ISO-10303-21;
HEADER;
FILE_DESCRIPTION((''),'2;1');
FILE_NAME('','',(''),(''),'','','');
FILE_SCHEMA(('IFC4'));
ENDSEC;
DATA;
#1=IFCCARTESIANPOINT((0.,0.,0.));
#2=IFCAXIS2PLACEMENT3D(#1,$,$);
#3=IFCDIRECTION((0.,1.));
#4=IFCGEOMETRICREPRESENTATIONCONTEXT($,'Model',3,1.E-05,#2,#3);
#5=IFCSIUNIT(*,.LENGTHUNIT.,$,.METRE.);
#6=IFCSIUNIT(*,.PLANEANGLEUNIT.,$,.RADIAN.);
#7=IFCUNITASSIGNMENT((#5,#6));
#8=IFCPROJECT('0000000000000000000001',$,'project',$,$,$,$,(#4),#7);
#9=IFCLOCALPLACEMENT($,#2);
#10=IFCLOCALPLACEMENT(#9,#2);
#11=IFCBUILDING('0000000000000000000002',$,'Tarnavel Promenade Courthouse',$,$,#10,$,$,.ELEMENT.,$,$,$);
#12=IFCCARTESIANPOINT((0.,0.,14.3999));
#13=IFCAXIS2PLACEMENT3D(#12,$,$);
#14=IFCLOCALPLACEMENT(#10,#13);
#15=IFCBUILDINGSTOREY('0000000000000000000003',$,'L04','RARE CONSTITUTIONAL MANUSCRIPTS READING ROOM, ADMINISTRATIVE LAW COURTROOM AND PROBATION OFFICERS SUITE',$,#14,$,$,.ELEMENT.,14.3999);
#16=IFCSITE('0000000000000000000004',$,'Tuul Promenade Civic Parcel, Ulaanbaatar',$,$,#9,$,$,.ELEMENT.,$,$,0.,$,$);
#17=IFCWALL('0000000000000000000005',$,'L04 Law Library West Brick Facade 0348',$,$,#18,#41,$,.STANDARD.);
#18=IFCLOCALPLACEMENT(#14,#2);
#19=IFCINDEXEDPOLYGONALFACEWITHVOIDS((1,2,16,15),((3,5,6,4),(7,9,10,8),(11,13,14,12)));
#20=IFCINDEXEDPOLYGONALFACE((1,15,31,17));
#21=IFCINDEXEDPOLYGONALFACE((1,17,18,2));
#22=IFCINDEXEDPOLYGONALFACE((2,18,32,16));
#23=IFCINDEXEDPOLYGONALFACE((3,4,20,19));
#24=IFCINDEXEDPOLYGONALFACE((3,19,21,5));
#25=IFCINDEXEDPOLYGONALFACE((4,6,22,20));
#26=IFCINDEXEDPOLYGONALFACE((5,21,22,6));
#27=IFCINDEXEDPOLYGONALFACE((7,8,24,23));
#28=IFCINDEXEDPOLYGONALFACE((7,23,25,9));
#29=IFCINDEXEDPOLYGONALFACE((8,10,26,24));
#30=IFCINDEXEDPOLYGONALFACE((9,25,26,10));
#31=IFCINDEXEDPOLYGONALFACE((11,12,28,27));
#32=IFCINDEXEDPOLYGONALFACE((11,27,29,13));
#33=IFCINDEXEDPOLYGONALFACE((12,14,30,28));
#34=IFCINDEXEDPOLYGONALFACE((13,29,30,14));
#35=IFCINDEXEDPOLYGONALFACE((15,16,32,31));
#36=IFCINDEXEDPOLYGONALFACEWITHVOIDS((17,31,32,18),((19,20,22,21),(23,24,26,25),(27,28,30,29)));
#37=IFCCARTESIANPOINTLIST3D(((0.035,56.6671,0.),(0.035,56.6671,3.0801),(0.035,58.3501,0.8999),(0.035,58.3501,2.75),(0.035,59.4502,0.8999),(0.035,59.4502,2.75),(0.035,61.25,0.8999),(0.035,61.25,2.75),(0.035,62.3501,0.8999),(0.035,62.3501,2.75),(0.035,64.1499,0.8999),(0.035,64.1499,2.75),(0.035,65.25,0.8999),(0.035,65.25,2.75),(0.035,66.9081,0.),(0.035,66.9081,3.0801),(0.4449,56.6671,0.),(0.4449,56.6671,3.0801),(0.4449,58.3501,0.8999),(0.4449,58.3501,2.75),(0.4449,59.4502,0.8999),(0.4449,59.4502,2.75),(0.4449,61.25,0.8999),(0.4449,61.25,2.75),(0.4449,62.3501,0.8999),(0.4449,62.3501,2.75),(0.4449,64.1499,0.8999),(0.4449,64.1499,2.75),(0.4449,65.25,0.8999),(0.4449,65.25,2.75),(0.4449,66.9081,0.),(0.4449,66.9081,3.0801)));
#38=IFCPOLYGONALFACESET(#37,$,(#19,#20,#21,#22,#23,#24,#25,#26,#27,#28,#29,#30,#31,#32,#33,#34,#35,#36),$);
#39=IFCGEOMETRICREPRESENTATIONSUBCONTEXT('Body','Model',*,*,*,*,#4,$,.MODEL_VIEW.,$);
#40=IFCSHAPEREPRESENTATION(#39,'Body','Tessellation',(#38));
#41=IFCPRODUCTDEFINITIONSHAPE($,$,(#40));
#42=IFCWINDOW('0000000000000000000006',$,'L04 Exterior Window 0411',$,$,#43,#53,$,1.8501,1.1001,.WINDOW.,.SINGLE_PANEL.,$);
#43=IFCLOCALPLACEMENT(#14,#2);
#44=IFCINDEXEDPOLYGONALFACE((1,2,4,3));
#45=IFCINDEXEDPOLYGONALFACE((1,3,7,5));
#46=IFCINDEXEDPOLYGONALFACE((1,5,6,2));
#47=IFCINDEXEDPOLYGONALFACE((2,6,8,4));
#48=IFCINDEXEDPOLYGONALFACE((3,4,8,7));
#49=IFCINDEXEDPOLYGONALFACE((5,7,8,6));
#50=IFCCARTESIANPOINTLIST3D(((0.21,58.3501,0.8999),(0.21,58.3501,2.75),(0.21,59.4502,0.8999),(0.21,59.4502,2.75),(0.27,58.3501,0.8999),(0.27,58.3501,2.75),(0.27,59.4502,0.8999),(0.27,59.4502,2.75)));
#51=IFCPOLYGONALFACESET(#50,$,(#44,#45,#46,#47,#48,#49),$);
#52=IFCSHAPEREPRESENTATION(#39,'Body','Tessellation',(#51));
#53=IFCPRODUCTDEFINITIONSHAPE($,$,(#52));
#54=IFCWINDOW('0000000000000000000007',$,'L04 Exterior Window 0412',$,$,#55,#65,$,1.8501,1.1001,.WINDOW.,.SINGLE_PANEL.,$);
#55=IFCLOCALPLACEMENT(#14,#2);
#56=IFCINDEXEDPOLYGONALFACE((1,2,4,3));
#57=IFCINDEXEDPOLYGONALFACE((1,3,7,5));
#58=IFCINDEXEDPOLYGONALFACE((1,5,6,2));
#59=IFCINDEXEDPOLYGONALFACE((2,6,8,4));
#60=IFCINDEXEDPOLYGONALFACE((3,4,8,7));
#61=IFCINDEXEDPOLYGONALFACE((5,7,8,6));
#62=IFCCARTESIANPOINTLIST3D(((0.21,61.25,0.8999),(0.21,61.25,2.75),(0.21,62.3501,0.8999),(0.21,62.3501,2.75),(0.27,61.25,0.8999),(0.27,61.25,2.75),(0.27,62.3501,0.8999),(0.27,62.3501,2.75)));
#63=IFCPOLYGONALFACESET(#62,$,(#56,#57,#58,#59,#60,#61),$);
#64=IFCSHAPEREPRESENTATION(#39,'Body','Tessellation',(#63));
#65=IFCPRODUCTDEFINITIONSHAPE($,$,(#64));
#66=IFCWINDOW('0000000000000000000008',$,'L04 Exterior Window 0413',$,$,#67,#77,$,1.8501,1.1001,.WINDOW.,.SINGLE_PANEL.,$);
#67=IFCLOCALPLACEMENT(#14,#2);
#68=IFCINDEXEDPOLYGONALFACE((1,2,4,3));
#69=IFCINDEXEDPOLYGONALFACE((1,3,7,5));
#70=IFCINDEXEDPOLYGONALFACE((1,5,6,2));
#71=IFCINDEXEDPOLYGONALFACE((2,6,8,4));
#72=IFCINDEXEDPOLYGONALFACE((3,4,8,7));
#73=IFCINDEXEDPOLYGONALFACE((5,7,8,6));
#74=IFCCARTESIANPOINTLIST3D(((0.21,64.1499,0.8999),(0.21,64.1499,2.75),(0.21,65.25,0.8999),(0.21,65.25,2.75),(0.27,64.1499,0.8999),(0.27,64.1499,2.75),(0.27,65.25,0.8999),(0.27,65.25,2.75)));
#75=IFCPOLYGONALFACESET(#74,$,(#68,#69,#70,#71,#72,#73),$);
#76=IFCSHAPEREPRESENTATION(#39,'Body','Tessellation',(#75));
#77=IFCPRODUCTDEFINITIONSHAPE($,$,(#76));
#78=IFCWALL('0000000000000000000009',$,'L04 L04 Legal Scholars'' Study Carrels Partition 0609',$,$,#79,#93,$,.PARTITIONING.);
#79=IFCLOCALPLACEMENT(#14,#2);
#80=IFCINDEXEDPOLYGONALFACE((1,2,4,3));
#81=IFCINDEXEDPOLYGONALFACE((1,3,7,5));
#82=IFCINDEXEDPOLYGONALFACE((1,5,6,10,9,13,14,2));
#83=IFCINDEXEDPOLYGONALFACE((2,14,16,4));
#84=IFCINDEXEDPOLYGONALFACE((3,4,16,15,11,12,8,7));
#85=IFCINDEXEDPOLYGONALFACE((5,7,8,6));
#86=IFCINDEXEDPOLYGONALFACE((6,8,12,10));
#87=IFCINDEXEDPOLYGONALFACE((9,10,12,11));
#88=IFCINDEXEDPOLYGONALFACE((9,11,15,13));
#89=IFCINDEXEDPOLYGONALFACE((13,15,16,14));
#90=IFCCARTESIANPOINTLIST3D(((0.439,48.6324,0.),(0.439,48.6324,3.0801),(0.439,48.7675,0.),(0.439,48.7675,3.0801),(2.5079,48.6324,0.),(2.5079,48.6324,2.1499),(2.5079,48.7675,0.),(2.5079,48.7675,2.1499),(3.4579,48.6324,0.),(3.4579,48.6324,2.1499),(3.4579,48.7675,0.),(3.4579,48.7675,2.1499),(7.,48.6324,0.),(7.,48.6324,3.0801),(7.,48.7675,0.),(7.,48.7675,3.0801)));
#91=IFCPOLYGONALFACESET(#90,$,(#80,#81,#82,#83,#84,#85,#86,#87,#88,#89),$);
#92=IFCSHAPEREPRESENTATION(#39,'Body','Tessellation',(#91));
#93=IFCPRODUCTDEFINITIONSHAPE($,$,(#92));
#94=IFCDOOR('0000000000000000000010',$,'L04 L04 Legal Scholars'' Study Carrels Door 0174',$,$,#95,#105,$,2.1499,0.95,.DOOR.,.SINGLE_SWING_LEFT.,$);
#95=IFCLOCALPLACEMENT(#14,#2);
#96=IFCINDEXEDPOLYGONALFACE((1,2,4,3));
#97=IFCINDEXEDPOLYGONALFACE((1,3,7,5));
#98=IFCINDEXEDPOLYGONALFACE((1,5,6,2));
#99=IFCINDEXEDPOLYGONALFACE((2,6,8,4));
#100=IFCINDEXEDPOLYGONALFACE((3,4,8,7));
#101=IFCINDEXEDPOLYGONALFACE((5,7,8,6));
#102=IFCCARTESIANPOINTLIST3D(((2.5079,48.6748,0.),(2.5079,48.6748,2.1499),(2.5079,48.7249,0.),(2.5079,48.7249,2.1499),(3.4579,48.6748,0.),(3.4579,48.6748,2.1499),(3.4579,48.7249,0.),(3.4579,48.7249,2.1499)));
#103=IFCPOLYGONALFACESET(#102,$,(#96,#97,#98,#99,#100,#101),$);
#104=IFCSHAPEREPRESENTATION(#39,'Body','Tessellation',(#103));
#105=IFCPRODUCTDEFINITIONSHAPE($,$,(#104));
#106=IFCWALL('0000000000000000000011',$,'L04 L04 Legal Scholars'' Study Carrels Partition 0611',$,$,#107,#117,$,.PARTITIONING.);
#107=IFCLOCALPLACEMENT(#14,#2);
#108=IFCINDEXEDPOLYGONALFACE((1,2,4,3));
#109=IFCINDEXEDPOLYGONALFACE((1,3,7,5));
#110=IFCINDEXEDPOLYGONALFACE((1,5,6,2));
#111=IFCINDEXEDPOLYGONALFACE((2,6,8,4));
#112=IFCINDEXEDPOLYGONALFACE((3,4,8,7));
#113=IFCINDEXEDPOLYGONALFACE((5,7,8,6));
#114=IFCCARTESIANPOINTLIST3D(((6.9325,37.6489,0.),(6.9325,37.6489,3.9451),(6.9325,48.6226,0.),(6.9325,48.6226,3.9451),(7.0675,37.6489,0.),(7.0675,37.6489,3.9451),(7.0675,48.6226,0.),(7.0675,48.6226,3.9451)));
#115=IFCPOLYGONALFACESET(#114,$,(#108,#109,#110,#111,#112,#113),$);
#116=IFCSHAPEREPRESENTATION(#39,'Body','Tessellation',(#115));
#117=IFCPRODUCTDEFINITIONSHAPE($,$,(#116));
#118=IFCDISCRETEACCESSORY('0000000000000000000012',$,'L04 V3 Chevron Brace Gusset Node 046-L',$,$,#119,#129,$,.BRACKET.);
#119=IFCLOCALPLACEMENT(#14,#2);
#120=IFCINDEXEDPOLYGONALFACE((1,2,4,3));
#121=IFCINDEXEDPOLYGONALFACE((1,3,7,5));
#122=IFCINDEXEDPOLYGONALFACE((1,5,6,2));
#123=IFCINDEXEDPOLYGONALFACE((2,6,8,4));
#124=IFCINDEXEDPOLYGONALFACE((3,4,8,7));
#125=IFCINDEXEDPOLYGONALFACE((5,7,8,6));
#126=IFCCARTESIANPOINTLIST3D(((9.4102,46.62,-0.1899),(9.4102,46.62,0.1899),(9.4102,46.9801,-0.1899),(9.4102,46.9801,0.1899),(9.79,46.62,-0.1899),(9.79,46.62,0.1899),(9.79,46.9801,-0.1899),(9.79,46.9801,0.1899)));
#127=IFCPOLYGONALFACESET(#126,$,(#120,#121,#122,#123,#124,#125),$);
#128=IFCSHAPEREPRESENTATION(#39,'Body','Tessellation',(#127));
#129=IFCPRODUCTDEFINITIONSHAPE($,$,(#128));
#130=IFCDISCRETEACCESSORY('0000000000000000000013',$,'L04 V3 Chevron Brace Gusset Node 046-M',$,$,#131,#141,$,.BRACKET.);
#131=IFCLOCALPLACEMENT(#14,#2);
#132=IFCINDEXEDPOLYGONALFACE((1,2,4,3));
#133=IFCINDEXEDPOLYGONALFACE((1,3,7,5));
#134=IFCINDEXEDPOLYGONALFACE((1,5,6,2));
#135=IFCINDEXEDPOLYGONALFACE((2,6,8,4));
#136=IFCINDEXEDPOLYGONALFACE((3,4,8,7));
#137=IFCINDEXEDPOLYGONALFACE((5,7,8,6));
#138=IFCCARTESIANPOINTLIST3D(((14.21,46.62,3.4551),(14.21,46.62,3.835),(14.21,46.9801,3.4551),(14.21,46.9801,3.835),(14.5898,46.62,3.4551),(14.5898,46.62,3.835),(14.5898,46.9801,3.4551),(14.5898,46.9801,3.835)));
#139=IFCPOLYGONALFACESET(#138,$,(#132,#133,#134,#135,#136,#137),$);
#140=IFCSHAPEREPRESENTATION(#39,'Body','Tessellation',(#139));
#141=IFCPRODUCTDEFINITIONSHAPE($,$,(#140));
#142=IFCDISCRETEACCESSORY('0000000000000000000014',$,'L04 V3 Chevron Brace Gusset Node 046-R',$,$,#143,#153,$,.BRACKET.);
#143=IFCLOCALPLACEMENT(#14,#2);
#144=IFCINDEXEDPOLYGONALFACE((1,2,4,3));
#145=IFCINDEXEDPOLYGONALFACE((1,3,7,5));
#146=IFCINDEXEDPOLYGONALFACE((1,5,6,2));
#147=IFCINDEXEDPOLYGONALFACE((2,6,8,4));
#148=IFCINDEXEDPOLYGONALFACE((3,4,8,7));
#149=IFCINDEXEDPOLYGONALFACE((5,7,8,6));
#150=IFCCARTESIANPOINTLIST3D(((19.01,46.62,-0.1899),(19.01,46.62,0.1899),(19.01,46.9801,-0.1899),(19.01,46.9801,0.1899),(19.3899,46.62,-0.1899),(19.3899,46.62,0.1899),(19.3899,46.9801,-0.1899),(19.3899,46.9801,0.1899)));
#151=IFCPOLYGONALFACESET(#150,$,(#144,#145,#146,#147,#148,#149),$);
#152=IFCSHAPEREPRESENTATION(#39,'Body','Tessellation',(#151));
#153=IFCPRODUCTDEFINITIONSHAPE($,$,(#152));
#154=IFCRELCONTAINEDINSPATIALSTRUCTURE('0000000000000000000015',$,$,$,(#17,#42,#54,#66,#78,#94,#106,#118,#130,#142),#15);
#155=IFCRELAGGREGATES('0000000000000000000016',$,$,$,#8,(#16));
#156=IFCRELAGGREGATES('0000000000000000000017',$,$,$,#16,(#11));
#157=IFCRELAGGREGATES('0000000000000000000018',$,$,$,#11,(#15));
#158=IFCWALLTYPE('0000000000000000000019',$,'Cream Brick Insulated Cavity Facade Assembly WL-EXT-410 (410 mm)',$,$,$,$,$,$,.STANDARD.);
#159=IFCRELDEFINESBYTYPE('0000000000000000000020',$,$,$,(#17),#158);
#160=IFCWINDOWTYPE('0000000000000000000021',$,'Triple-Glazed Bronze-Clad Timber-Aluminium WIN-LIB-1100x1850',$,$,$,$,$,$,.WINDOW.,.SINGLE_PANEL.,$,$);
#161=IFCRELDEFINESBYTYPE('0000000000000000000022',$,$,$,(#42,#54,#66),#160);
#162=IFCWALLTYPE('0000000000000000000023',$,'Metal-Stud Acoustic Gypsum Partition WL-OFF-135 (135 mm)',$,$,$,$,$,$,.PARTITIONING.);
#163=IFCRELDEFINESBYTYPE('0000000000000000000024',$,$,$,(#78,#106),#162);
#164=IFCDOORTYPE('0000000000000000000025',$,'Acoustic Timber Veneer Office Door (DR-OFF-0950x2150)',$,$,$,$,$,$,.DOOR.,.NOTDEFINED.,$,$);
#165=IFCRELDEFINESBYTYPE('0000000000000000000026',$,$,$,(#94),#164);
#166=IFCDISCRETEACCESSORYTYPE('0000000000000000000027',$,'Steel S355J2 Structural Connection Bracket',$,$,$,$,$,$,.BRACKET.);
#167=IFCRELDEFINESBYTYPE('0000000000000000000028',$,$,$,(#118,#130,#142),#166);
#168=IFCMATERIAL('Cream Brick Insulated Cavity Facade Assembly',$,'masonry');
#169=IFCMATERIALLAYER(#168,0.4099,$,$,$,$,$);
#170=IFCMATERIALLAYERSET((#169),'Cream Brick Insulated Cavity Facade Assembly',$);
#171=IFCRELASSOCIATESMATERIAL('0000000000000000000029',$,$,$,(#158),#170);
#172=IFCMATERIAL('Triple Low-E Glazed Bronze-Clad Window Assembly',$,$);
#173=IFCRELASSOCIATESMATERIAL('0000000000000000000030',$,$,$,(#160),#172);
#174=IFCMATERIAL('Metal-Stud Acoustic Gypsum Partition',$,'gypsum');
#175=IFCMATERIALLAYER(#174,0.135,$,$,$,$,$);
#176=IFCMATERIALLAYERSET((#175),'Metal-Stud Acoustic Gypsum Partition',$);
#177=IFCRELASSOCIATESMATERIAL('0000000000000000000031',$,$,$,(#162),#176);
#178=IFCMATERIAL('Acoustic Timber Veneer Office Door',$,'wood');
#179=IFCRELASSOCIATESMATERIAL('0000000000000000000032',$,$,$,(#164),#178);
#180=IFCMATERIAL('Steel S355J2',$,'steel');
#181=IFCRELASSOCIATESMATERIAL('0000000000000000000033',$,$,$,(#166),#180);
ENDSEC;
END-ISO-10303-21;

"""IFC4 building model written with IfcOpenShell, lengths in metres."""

from ifc_helpers import new_model, si_unit, direction, frame, frame_2d, origin, origin_2d, place, context, subcontext, project, spatial, rectangle, extrude, material, layer, layer_set, type_object, element, fill, save


model = new_model("IFC4")

# Units and contexts
model_context = context("Model", 3, precision=1e-05, world=origin(), true_north=direction((0.0, 1.0)))
body_context = subcontext(model_context, "Body", "Model", "MODEL_VIEW")
ifc_project = project(units=[si_unit("LENGTHUNIT", "METRE"), si_unit("PLANEANGLEUNIT", "RADIAN")], contexts=[model_context])

# Site, building, storey
site_placement = place(None, origin())
site = spatial("IfcSite", under=ifc_project, at=site_placement, Name="Tuul Promenade Civic Parcel, Ulaanbaatar", CompositionType="ELEMENT", RefElevation=0.0)
building_placement = place(site_placement, origin())
building = spatial("IfcBuilding", under=site, at=building_placement, Name="Tarnavel Promenade Courthouse", CompositionType="ELEMENT")
storey_placement = place(building_placement, frame((0.0, 0.0, 14.3999)))
storey = spatial("IfcBuildingStorey", under=building, at=storey_placement, Name="L04", Description="RARE CONSTITUTIONAL MANUSCRIPTS READING ROOM, ADMINISTRATIVE LAW COURTROOM AND PROBATION OFFICERS SUITE", CompositionType="ELEMENT", Elevation=14.3999)

# Shared definitions
ifc_material_1 = material(Name="Steel S355J2", Category="steel")

# Shared definitions
ifc_material_2 = material(Name="Cream Brick Insulated Cavity Facade Assembly", Category="masonry")
ifc_layer_1 = layer(ifc_material_2, 0.4099)
ifc_layer_set_1 = layer_set([ifc_layer_1], Name="Cream Brick Insulated Cavity Facade Assembly")
wall_type_1 = type_object("IfcWallType", Name="Cream Brick Insulated Cavity Facade Assembly WL-EXT-410 (410 mm)", PredefinedType="STANDARD", material=ifc_layer_set_1)
ifc_material_3 = material(Name="Triple Low-E Glazed Bronze-Clad Window Assembly")
window_type = type_object("IfcWindowType", Name="Triple-Glazed Bronze-Clad Timber-Aluminium WIN-LIB-1100x1850", PartitioningType="SINGLE_PANEL", PredefinedType="WINDOW", material=ifc_material_3)

# Wall, openings, windows
wall_1_placement = place(storey_placement, frame((0.24, 56.667, 0.0), z_axis=(0.0, 0.0, 1.0), x_axis=(0.0, 1.0, 0.0)))
wall_1 = element("IfcWall", 1, at=wall_1_placement, inside=storey, type_object=wall_type_1, Name="L04 Law Library West Brick Facade 0348", PredefinedType="STANDARD", context=body_context, shape_type="SweptSolid", body=[
    extrude(rectangle(XDim=10.241, YDim=0.4099, at=frame_2d((5.1206, 0.0))), origin(), (0.0, 0.0, 1.0), 3.0801),
])
opening_1_placement = place(wall_1_placement, frame((1.6831, 0.0, 0.8999)))
opening_1 = element("IfcOpeningElement", 2, at=opening_1_placement, cuts=wall_1, PredefinedType="OPENING", context=body_context, shape_type="SweptSolid", body=[
    extrude(rectangle(XDim=1.1001, YDim=1.8501, at=frame_2d((0.55, 0.925))), frame((0.0, 0.2148, 0.0), z_axis=(0.0, -1.0, 0.0), x_axis=(1.0, 0.0, 0.0)), (0.0, 0.0, 1.0), 0.4299),
])
opening_2_placement = place(wall_1_placement, frame((4.583, 0.0, 0.8999)))
opening_2 = element("IfcOpeningElement", 3, at=opening_2_placement, cuts=wall_1, PredefinedType="OPENING", context=body_context, shape_type="SweptSolid", body=[
    extrude(rectangle(XDim=1.1001, YDim=1.8501, at=frame_2d((0.55, 0.925))), frame((0.0, 0.2148, 0.0), z_axis=(0.0, -1.0, 0.0), x_axis=(1.0, 0.0, 0.0)), (0.0, 0.0, 1.0), 0.4299),
])
opening_3_placement = place(wall_1_placement, frame((7.4829, 0.0, 0.8999)))
opening_3 = element("IfcOpeningElement", 4, at=opening_3_placement, cuts=wall_1, PredefinedType="OPENING", context=body_context, shape_type="SweptSolid", body=[
    extrude(rectangle(XDim=1.1001, YDim=1.8501, at=frame_2d((0.55, 0.925))), frame((0.0, 0.2148, 0.0), z_axis=(0.0, -1.0, 0.0), x_axis=(1.0, 0.0, 0.0)), (0.0, 0.0, 1.0), 0.4299),
])
window_1_placement = place(opening_1_placement, origin())
window_1 = element("IfcWindow", 5, at=window_1_placement, inside=storey, type_object=window_type, Name="L04 Exterior Window 0411", OverallHeight=1.8501, OverallWidth=1.1001, PartitioningType="SINGLE_PANEL", PredefinedType="WINDOW", context=body_context, shape_type="SweptSolid", body=[
    extrude(rectangle(XDim=1.1001, YDim=1.8501, at=frame_2d((0.55, 0.925))), frame((0.0, 0.03, 0.0), z_axis=(0.0, -1.0, 0.0), x_axis=(1.0, 0.0, 0.0)), (0.0, 0.0, 1.0), 0.0601),
])
fill(opening_1, window_1)
window_2_placement = place(opening_2_placement, origin())
window_2 = element("IfcWindow", 6, at=window_2_placement, inside=storey, type_object=window_type, Name="L04 Exterior Window 0412", OverallHeight=1.8501, OverallWidth=1.1001, PartitioningType="SINGLE_PANEL", PredefinedType="WINDOW", context=body_context, shape_type="SweptSolid", body=[
    extrude(rectangle(XDim=1.1001, YDim=1.8501, at=frame_2d((0.55, 0.925))), frame((0.0, 0.03, 0.0), z_axis=(0.0, -1.0, 0.0), x_axis=(1.0, 0.0, 0.0)), (0.0, 0.0, 1.0), 0.0601),
])
fill(opening_2, window_2)
window_3_placement = place(opening_3_placement, origin())
window_3 = element("IfcWindow", 7, at=window_3_placement, inside=storey, type_object=window_type, Name="L04 Exterior Window 0413", OverallHeight=1.8501, OverallWidth=1.1001, PartitioningType="SINGLE_PANEL", PredefinedType="WINDOW", context=body_context, shape_type="SweptSolid", body=[
    extrude(rectangle(XDim=1.1001, YDim=1.8501, at=frame_2d((0.55, 0.925))), frame((0.0, 0.03, 0.0), z_axis=(0.0, -1.0, 0.0), x_axis=(1.0, 0.0, 0.0)), (0.0, 0.0, 1.0), 0.0601),
])
fill(opening_3, window_3)

# Wall, opening, door
ifc_material_4 = material(Name="Metal-Stud Acoustic Gypsum Partition", Category="gypsum")
ifc_layer_2 = layer(ifc_material_4, 0.135)
ifc_layer_set_2 = layer_set([ifc_layer_2], Name="Metal-Stud Acoustic Gypsum Partition")
wall_type_2 = type_object("IfcWallType", Name="Metal-Stud Acoustic Gypsum Partition WL-OFF-135 (135 mm)", PredefinedType="PARTITIONING", material=ifc_layer_set_2)
wall_2_placement = place(storey_placement, frame((0.439, 48.7, 0.0), z_axis=(0.0, 0.0, 1.0), x_axis=(1.0, 0.0, 0.0)))
wall_2 = element("IfcWall", 8, at=wall_2_placement, inside=storey, type_object=wall_type_2, Name="L04 L04 Legal Scholars' Study Carrels Partition 0609", PredefinedType="PARTITIONING", context=body_context, shape_type="SweptSolid", body=[
    extrude(rectangle(XDim=6.561, YDim=0.135, at=frame_2d((3.2805, 0.0))), origin(), (0.0, 0.0, 1.0), 3.0801),
])
opening_4_placement = place(wall_2_placement, frame((2.0688, 0.0, 0.0)))
opening_4 = element("IfcOpeningElement", 9, at=opening_4_placement, cuts=wall_2, PredefinedType="OPENING", context=body_context, shape_type="SweptSolid", body=[
    extrude(rectangle(XDim=0.95, YDim=2.1499, at=frame_2d((0.4751, 1.075))), frame((0.0, 0.0774, 0.0), z_axis=(0.0, -1.0, 0.0), x_axis=(1.0, 0.0, 0.0)), (0.0, 0.0, 1.0), 0.155),
])
ifc_material_5 = material(Name="Acoustic Timber Veneer Office Door", Category="wood")
door_type = type_object("IfcDoorType", Name="Acoustic Timber Veneer Office Door (DR-OFF-0950x2150)", OperationType="NOTDEFINED", PredefinedType="DOOR", material=ifc_material_5)
door_placement = place(opening_4_placement, origin())
door = element("IfcDoor", 10, at=door_placement, inside=storey, type_object=door_type, Name="L04 L04 Legal Scholars' Study Carrels Door 0174", OperationType="SINGLE_SWING_LEFT", OverallHeight=2.1499, OverallWidth=0.95, PredefinedType="DOOR", context=body_context, shape_type="SweptSolid", body=[
    extrude(rectangle(XDim=0.95, YDim=2.1499, at=frame_2d((0.4751, 1.075))), frame((0.0, 0.0249, 0.0), z_axis=(0.0, -1.0, 0.0), x_axis=(1.0, 0.0, 0.0)), (0.0, 0.0, 1.0), 0.05),
])
fill(opening_4, door)

# Wall
wall_3_placement = place(storey_placement, frame((7.0, 48.6226, 0.0), z_axis=(0.0, 0.0, 1.0), x_axis=(0.0, -1.0, 0.0)))
element("IfcWall", 11, at=wall_3_placement, inside=storey, type_object=wall_type_2, Name="L04 L04 Legal Scholars' Study Carrels Partition 0611", PredefinedType="PARTITIONING", context=body_context, shape_type="SweptSolid", body=[
    extrude(rectangle(XDim=10.9736, YDim=0.135, at=frame_2d((5.4868, 0.0))), origin(), (0.0, 0.0, 1.0), 3.9451),
])

# Discrete accessories
discrete_accessory_type = type_object("IfcDiscreteAccessoryType", Name="Steel S355J2 Structural Connection Bracket", PredefinedType="BRACKET", material=ifc_material_1)
for number, where, z_axis, x_axis, name in (
    (12, (9.6001, 46.8, -0.1899), (0.0, 0.0, 1.0), (1.0, 0.0, 0.0), "L04 V3 Chevron Brace Gusset Node 046-L"),
    (13, (14.3999, 46.8, 3.4551), (0.0, 0.0, 1.0), (1.0, 0.0, 0.0), "L04 V3 Chevron Brace Gusset Node 046-M"),
    (14, (19.2, 46.8, -0.1899), (0.0, 0.0, 1.0), (1.0, 0.0, 0.0), "L04 V3 Chevron Brace Gusset Node 046-R"),
):
    element("IfcDiscreteAccessory", number, at=place(storey_placement, frame(where, z_axis=z_axis, x_axis=x_axis)), inside=storey, type_object=discrete_accessory_type, Name=name, PredefinedType="BRACKET", context=body_context, shape_type="SweptSolid", body=[
        extrude(rectangle(XDim=0.3799, YDim=0.3601, at=origin_2d()), origin(), (0.0, 0.0, 1.0), 0.3799),
    ])

save(model, "model.ifc")
